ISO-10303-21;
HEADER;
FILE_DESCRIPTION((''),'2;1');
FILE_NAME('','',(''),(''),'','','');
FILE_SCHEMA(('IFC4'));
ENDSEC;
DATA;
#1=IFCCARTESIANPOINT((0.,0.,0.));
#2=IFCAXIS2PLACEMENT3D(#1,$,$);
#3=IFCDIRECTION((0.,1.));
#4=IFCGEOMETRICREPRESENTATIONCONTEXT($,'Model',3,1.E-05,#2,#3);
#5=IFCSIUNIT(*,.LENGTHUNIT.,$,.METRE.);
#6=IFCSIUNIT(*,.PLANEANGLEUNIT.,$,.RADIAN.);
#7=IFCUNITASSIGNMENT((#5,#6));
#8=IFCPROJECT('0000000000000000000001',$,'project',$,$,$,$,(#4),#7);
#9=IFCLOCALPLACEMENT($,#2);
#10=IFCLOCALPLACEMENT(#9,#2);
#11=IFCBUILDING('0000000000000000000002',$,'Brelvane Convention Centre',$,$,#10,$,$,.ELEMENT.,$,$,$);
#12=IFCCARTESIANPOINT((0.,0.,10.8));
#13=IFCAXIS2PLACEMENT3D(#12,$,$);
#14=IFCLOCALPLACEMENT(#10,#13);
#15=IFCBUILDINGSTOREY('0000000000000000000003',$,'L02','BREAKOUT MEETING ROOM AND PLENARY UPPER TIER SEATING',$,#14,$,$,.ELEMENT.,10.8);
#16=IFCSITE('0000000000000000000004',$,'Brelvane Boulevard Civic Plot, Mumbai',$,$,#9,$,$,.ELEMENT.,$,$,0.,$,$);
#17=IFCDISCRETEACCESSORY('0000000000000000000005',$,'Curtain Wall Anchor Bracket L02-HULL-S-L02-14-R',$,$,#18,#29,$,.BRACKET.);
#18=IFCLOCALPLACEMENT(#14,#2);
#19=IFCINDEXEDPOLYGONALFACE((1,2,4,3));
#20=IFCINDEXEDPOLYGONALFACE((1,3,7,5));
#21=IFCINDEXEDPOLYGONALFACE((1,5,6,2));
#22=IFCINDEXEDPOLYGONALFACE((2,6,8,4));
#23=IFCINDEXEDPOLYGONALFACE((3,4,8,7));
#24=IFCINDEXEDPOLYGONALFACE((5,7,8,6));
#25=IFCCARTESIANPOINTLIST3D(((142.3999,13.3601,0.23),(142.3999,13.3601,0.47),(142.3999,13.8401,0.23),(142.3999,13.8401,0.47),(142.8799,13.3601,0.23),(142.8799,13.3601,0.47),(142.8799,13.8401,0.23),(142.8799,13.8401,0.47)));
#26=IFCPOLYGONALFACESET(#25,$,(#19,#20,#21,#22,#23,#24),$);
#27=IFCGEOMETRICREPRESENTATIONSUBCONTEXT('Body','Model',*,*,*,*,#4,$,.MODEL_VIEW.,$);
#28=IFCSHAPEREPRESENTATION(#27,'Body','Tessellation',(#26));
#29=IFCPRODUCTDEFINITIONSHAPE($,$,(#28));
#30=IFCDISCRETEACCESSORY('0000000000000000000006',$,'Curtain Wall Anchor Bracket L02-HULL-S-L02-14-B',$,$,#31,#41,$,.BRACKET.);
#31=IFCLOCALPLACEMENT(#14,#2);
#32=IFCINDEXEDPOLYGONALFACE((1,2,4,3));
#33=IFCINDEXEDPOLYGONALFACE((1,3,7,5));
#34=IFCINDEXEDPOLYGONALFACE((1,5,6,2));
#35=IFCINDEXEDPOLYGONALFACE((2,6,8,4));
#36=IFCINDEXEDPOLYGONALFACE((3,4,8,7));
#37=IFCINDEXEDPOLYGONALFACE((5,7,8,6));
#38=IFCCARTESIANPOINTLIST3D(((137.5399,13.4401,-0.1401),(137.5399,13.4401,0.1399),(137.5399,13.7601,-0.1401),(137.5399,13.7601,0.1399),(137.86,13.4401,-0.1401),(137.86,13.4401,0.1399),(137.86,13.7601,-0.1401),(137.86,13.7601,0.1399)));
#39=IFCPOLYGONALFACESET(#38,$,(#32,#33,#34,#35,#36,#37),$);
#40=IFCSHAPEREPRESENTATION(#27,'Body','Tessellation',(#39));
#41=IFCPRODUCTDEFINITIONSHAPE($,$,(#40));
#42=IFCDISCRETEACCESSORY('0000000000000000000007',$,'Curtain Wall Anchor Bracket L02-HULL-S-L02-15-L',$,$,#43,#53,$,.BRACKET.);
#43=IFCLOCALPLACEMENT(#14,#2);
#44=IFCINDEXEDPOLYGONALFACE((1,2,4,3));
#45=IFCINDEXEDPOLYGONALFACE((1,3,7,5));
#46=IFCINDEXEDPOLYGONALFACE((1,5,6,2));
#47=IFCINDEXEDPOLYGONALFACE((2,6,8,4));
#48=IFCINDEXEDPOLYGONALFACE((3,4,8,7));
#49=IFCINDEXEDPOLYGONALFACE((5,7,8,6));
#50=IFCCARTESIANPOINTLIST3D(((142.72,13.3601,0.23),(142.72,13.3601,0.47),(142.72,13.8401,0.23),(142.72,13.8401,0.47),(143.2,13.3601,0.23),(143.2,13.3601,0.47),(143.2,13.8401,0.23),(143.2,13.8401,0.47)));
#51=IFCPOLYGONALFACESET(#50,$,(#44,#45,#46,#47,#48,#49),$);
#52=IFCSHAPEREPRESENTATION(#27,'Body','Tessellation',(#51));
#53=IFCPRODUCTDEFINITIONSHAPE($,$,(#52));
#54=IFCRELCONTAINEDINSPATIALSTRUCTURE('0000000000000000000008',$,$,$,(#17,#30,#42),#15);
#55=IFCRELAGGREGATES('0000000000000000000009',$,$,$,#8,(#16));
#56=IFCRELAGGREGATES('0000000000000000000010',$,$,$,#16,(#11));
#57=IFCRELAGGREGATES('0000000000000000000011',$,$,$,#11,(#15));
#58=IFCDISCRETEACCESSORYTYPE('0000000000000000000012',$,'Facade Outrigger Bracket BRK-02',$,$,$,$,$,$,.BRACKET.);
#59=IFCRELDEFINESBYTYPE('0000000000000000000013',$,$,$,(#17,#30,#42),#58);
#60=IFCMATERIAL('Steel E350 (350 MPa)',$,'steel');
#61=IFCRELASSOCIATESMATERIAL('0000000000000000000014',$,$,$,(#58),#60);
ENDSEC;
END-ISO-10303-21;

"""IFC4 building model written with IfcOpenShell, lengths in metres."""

from ifc_helpers import new_model, si_unit, direction, frame, origin, origin_2d, place, context, subcontext, project, spatial, rectangle, extrude, material, type_object, element, save


model = new_model("IFC4")

# Units and contexts
model_context = context("Model", 3, precision=1e-05, world=origin(), true_north=direction((0.0, 1.0)))
body_context = subcontext(model_context, "Body", "Model", "MODEL_VIEW")
ifc_project = project(units=[si_unit("LENGTHUNIT", "METRE"), si_unit("PLANEANGLEUNIT", "RADIAN")], contexts=[model_context])

# Site, building, storey
site_placement = place(None, origin())
site = spatial("IfcSite", under=ifc_project, at=site_placement, Name="Brelvane Boulevard Civic Plot, Mumbai", CompositionType="ELEMENT", RefElevation=0.0)
building_placement = place(site_placement, origin())
building = spatial("IfcBuilding", under=site, at=building_placement, Name="Brelvane Convention Centre", CompositionType="ELEMENT")
storey_placement = place(building_placement, frame((0.0, 0.0, 10.8)))
storey = spatial("IfcBuildingStorey", under=building, at=storey_placement, Name="L02", Description="BREAKOUT MEETING ROOM AND PLENARY UPPER TIER SEATING", CompositionType="ELEMENT", Elevation=10.8)

# Discrete accessories
ifc_material_1 = material(Name="Steel E350 (350 MPa)", Category="steel")
discrete_accessory_type = type_object("IfcDiscreteAccessoryType", Name="Facade Outrigger Bracket BRK-02", PredefinedType="BRACKET", material=ifc_material_1)
for number, where, z_axis, x_axis, name in (
    (1, (142.6399, 13.6001, 0.23), (0.0, 0.0, 1.0), (1.0, 0.0, 0.0), "Curtain Wall Anchor Bracket L02-HULL-S-L02-14-R"),
):
    element("IfcDiscreteAccessory", number, at=place(storey_placement, frame(where, z_axis=z_axis, x_axis=x_axis)), inside=storey, type_object=discrete_accessory_type, Name=name, PredefinedType="BRACKET", context=body_context, shape_type="SweptSolid", body=[
        extrude(rectangle(XDim=0.48, YDim=0.48, at=origin_2d()), origin(), (0.0, 0.0, 1.0), 0.24),
    ])
discrete_accessory_1_placement = place(storey_placement, frame((137.7, 13.6001, -0.1401), z_axis=(0.0, 0.0, 1.0), x_axis=(1.0, 0.0, 0.0)))
element("IfcDiscreteAccessory", 2, at=discrete_accessory_1_placement, inside=storey, type_object=discrete_accessory_type, Name="Curtain Wall Anchor Bracket L02-HULL-S-L02-14-B", PredefinedType="BRACKET", context=body_context, shape_type="SweptSolid", body=[
    extrude(rectangle(XDim=0.3201, YDim=0.3201, at=origin_2d()), origin(), (0.0, 0.0, 1.0), 0.28),
])
discrete_accessory_2_placement = place(storey_placement, frame((142.96, 13.6001, 0.23), z_axis=(0.0, 0.0, 1.0), x_axis=(1.0, 0.0, 0.0)))
element("IfcDiscreteAccessory", 3, at=discrete_accessory_2_placement, inside=storey, type_object=discrete_accessory_type, Name="Curtain Wall Anchor Bracket L02-HULL-S-L02-15-L", PredefinedType="BRACKET", context=body_context, shape_type="SweptSolid", body=[
    extrude(rectangle(XDim=0.48, YDim=0.48, at=origin_2d()), origin(), (0.0, 0.0, 1.0), 0.24),
])

save(model, "model.ifc")
